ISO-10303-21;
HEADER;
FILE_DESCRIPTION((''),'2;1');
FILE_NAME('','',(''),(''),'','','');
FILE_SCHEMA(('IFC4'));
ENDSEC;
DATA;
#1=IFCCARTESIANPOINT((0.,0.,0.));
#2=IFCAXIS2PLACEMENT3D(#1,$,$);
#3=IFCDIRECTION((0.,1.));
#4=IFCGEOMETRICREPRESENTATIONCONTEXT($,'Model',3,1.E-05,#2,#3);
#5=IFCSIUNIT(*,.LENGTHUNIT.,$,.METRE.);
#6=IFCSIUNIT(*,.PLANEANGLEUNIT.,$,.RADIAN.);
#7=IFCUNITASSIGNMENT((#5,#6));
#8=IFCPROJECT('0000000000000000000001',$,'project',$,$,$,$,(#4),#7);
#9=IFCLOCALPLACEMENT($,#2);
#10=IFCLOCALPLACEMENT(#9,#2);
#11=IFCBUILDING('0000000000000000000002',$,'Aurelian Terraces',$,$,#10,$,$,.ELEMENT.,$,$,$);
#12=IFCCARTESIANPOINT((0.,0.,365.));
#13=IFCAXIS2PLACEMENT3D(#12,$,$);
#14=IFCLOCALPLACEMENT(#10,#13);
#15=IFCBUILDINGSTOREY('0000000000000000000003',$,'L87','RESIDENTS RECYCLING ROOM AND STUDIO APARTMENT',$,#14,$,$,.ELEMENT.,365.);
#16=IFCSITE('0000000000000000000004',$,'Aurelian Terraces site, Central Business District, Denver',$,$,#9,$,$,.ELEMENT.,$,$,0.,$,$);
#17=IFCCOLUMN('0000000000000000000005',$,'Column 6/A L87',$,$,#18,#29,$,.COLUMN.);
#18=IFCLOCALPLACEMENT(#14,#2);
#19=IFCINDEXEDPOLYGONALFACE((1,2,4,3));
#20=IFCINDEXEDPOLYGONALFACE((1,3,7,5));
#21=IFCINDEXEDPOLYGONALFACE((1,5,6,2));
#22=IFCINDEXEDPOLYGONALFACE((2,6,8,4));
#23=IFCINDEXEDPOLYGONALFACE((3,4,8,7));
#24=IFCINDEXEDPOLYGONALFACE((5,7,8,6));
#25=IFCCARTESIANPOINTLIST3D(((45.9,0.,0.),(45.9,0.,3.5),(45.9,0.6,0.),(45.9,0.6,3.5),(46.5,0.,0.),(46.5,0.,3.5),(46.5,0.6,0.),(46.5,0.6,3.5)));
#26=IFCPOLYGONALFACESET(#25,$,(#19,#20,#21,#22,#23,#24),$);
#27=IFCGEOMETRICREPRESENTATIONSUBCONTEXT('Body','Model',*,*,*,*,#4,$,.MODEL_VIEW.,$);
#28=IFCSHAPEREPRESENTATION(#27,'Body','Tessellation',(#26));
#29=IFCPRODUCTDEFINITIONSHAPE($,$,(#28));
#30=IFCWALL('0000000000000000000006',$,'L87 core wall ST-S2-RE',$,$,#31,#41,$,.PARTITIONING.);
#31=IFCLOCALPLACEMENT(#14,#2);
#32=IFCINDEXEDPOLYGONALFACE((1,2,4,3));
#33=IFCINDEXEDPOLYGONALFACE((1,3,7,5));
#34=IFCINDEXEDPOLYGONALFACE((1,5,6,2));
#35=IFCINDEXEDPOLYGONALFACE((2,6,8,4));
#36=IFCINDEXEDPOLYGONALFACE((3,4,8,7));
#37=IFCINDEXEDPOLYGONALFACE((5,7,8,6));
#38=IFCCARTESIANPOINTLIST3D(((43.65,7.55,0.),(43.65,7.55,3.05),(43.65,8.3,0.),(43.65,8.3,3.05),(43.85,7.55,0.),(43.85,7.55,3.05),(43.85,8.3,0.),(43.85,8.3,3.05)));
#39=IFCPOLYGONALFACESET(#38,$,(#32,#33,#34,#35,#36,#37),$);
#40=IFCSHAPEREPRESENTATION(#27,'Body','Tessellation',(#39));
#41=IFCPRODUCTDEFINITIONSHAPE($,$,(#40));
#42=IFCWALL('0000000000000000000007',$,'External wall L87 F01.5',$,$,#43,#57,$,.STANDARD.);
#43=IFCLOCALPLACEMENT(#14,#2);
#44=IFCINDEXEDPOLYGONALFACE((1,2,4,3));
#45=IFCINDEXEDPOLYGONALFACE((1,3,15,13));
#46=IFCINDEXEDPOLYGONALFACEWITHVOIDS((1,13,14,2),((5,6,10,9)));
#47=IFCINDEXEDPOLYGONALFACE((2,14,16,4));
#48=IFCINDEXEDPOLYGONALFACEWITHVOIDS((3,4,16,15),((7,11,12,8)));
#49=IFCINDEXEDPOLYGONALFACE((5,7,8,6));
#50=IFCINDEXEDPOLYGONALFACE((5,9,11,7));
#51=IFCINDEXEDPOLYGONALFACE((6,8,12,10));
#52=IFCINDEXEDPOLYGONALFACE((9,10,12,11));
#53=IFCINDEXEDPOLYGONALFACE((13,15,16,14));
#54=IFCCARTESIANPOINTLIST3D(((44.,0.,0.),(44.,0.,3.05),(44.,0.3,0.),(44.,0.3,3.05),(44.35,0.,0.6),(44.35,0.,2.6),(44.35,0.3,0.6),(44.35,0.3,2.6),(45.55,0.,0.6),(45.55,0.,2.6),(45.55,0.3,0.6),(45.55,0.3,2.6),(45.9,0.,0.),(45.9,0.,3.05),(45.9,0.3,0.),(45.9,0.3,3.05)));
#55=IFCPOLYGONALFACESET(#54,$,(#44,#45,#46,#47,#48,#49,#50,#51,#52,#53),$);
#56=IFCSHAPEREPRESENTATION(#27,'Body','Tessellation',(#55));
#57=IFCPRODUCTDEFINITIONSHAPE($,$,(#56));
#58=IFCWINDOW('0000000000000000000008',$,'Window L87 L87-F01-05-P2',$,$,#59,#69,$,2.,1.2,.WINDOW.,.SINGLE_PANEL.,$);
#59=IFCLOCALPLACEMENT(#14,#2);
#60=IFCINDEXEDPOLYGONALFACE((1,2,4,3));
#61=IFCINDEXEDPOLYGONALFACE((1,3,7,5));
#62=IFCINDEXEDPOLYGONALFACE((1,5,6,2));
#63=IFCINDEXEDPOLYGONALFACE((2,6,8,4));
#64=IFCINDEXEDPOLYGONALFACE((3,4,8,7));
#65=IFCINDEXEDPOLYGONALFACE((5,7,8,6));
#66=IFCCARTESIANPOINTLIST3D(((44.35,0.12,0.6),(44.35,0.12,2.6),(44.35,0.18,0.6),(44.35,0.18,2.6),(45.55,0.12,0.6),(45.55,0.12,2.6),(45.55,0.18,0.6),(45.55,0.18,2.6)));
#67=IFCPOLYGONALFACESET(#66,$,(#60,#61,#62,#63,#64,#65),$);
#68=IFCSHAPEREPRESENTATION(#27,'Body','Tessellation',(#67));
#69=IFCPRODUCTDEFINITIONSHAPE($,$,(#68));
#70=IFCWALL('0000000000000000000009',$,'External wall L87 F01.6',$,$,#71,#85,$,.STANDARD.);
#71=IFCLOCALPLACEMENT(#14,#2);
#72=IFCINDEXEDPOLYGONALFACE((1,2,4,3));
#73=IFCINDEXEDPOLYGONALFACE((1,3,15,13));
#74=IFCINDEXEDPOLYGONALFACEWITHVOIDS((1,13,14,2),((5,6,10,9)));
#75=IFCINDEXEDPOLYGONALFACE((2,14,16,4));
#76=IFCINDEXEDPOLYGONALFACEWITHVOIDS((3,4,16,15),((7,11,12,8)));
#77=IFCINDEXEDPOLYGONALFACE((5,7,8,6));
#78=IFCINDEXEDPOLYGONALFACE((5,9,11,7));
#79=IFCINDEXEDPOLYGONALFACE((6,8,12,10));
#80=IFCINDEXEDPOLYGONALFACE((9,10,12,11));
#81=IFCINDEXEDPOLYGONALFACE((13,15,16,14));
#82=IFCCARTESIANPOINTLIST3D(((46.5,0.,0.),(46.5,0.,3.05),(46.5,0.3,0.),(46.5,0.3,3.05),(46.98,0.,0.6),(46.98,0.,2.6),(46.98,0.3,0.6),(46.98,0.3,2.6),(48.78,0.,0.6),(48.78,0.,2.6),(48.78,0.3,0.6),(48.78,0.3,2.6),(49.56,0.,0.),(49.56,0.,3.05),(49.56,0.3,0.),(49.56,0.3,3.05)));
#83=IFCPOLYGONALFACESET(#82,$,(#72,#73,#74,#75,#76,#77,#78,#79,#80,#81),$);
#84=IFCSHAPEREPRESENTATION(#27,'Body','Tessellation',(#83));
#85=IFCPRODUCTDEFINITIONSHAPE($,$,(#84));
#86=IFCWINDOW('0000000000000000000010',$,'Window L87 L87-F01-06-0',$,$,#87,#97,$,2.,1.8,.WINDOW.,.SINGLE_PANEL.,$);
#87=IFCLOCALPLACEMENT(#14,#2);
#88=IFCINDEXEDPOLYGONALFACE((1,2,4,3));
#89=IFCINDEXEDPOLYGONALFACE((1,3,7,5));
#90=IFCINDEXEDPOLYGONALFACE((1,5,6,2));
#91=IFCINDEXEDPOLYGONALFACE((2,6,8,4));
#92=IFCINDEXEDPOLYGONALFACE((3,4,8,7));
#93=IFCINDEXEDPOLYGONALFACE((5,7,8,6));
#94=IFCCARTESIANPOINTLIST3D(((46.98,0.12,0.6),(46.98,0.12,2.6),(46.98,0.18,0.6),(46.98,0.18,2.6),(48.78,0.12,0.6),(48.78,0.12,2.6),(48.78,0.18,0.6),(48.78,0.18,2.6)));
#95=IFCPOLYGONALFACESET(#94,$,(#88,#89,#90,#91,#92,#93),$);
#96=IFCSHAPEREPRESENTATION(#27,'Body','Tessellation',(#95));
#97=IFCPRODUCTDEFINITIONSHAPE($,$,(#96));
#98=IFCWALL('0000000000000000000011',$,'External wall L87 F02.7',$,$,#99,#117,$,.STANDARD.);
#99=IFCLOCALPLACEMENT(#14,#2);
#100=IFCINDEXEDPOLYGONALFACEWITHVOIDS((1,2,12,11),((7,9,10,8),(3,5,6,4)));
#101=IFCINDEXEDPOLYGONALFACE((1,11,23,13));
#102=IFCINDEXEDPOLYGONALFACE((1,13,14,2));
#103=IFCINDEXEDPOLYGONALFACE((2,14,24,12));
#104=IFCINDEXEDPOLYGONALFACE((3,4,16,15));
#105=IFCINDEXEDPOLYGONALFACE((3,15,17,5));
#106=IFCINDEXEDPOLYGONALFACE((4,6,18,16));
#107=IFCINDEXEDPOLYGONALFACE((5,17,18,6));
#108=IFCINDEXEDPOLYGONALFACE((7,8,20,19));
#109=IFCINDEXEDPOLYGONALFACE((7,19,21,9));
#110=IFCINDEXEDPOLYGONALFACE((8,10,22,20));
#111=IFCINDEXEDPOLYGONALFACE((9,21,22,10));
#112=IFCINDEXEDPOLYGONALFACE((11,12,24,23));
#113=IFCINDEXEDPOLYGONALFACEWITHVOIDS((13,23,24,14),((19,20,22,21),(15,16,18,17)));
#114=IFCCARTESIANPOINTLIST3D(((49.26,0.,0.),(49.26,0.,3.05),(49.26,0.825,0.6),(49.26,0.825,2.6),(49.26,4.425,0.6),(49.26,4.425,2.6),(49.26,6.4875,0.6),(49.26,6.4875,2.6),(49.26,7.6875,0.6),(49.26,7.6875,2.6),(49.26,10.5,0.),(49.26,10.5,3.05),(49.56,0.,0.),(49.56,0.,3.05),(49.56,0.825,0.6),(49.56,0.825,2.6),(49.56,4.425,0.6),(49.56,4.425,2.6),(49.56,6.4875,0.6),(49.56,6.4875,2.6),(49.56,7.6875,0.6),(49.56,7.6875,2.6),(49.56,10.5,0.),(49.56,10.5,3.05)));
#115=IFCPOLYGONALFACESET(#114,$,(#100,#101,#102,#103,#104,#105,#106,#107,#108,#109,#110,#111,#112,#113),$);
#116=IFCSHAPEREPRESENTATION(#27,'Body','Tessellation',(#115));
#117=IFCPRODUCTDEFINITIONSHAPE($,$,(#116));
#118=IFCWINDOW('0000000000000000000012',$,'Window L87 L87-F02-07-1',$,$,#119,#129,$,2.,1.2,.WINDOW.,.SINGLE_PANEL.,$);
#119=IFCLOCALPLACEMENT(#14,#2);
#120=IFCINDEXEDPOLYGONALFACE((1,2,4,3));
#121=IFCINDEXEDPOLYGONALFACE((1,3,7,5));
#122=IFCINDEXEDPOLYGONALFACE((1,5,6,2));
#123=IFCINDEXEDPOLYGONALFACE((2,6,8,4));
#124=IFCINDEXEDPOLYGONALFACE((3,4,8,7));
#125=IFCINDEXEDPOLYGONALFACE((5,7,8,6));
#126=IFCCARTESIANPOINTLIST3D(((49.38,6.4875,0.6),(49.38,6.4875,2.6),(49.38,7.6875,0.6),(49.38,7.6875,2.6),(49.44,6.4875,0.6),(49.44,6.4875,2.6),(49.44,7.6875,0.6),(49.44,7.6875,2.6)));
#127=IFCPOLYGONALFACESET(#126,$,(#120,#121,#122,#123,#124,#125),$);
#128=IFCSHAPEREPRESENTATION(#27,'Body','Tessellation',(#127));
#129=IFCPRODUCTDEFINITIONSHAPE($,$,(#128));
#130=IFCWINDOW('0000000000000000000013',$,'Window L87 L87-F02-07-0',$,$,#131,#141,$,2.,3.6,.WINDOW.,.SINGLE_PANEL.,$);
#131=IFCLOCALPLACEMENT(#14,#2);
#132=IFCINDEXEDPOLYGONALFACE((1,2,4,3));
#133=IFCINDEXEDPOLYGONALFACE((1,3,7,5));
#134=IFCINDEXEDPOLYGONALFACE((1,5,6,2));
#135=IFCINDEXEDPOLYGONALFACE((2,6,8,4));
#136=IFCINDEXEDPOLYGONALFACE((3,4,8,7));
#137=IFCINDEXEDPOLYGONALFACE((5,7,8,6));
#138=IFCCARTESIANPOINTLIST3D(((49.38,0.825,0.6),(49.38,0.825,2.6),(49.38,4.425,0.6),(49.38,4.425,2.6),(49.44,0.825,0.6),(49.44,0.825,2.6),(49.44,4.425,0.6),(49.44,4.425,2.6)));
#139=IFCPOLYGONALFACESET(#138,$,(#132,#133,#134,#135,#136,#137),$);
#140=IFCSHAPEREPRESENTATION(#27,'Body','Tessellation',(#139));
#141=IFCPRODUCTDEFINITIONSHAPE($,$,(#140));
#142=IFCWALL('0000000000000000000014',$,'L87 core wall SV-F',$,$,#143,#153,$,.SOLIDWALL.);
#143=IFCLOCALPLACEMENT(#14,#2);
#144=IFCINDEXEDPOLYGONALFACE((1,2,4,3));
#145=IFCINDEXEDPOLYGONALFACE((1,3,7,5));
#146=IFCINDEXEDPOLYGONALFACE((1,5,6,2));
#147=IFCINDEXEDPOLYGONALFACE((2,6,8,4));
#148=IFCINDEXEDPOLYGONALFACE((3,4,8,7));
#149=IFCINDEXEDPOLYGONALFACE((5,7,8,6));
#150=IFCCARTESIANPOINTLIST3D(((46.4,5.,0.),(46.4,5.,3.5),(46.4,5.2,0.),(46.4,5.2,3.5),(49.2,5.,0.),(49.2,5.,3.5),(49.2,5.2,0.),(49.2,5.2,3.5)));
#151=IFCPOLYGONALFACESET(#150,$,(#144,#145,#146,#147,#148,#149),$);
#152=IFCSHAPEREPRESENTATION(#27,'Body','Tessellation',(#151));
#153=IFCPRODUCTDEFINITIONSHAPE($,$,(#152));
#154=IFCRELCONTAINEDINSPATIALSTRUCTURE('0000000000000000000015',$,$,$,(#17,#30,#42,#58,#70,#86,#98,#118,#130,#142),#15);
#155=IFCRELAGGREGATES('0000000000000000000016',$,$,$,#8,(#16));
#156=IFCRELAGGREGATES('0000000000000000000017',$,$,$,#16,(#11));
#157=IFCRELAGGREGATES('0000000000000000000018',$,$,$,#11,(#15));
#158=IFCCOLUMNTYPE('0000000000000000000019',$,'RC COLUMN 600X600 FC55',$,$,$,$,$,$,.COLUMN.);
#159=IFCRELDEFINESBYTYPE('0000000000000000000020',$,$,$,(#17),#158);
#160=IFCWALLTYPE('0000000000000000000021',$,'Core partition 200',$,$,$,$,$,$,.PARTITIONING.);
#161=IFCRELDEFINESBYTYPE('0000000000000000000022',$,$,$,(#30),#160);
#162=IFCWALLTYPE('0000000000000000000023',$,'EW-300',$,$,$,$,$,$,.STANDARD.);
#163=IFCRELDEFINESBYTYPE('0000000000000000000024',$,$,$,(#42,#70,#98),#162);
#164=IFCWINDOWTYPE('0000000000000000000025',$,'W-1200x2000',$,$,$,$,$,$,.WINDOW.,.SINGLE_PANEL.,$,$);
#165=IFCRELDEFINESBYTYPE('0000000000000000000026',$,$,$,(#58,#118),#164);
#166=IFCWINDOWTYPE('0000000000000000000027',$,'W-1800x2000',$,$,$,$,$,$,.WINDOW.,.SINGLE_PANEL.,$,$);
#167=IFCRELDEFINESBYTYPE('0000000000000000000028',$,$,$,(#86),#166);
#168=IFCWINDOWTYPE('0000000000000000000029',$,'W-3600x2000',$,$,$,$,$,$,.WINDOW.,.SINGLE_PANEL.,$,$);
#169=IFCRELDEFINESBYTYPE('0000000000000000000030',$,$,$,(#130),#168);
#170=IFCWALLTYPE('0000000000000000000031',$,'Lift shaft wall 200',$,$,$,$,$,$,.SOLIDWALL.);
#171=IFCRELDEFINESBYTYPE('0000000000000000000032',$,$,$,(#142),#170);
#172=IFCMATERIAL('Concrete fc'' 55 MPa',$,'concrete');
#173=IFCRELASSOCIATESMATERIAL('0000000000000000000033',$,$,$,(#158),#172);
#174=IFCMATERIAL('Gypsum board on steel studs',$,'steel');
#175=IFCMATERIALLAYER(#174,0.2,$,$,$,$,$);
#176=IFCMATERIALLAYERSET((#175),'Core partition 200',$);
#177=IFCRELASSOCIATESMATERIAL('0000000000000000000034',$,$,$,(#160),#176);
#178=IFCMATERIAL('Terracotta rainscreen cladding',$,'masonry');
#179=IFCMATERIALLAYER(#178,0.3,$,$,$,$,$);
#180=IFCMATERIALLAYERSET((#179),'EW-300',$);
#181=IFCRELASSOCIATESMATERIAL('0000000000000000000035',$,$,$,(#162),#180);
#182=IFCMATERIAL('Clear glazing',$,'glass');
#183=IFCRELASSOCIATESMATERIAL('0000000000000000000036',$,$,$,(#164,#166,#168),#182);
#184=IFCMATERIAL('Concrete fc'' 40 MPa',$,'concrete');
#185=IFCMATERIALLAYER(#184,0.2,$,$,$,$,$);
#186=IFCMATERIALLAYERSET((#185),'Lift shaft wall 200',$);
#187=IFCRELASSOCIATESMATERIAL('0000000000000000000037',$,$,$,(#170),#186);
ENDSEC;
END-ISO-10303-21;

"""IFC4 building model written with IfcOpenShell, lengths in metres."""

from ifc_helpers import new_model, si_unit, direction, frame, frame_2d, origin, origin_2d, place, context, subcontext, project, spatial, rectangle, extrude, source, transform, mapped, material, layer, layer_set, material_profile, profile_set, type_object, element, fill, save


model = new_model("IFC4")

# Units and contexts
model_context = context("Model", 3, precision=1e-05, world=origin(), true_north=direction((0.0, 1.0)))
body_context = subcontext(model_context, "Body", "Model", "MODEL_VIEW")
ifc_project = project(units=[si_unit("LENGTHUNIT", "METRE"), si_unit("PLANEANGLEUNIT", "RADIAN")], contexts=[model_context])

# Site, building, storey
site_placement = place(None, origin())
site = spatial("IfcSite", under=ifc_project, at=site_placement, Name="Aurelian Terraces site, Central Business District, Denver", CompositionType="ELEMENT", RefElevation=0.0)
building_placement = place(site_placement, origin())
building = spatial("IfcBuilding", under=site, at=building_placement, Name="Aurelian Terraces", CompositionType="ELEMENT")
storey_placement = place(building_placement, frame((0.0, 0.0, 365.0)))
storey = spatial("IfcBuildingStorey", under=building, at=storey_placement, Name="L87", Description="RESIDENTS RECYCLING ROOM AND STUDIO APARTMENT", CompositionType="ELEMENT", Elevation=365.0)

# Column
ifc_material_1 = material(Name="Concrete fc' 55 MPa", Category="concrete")
ifc_material_profile = material_profile(ifc_material_1, rectangle(XDim=0.6, YDim=0.6, at=origin_2d()))
ifc_profile_set = profile_set([ifc_material_profile], Name="Concrete fc' 55 MPa")
column_type = type_object("IfcColumnType", Name="RC COLUMN 600X600 FC55", PredefinedType="COLUMN", material=ifc_profile_set)
shared_shape_1 = source(origin(), body_context, "Body", "SweptSolid", [
    extrude(rectangle(XDim=0.6, YDim=0.6, at=origin_2d()), origin(), (0.0, 0.0, 1.0), 3.5),
])
column_placement = place(storey_placement, frame((46.2, 0.3, 0.0), z_axis=(0.0, 0.0, 1.0), x_axis=(1.0, 0.0, 0.0)))
element("IfcColumn", 1, at=column_placement, inside=storey, type_object=column_type, Name="Column 6/A L87", PredefinedType="COLUMN", context=body_context, shape_type="MappedRepresentation", body=[
    mapped(shared_shape_1, transform((0.0, 0.0, 0.0), scale=1.0)),
])

# Wall
ifc_material_2 = material(Name="Gypsum board on steel studs", Category="steel")
ifc_layer_1 = layer(ifc_material_2, 0.2)
ifc_layer_set_1 = layer_set([ifc_layer_1], Name="Core partition 200")
wall_type_1 = type_object("IfcWallType", Name="Core partition 200", PredefinedType="PARTITIONING", material=ifc_layer_set_1)
wall_1_placement = place(storey_placement, frame((43.75, 7.55, 0.0), z_axis=(0.0, 0.0, 1.0), x_axis=(0.0, 1.0, 0.0)))
element("IfcWall", 2, at=wall_1_placement, inside=storey, type_object=wall_type_1, Name="L87 core wall ST-S2-RE", PredefinedType="PARTITIONING", context=body_context, shape_type="SweptSolid", body=[
    extrude(rectangle(XDim=0.75, YDim=0.2, at=frame_2d((0.375, 0.0))), origin(), (0.0, 0.0, 1.0), 3.05),
])

# Walls, openings, windows
ifc_material_3 = material(Name="Terracotta rainscreen cladding", Category="masonry")
ifc_layer_2 = layer(ifc_material_3, 0.3)
ifc_layer_set_2 = layer_set([ifc_layer_2], Name="EW-300")
wall_type_2 = type_object("IfcWallType", Name="EW-300", PredefinedType="STANDARD", material=ifc_layer_set_2)
wall_2_placement = place(storey_placement, frame((44.0, 0.15, 0.0), z_axis=(0.0, 0.0, 1.0), x_axis=(1.0, 0.0, 0.0)))
wall_2 = element("IfcWall", 3, at=wall_2_placement, inside=storey, type_object=wall_type_2, Name="External wall L87 F01.5", PredefinedType="STANDARD", context=body_context, shape_type="SweptSolid", body=[
    extrude(rectangle(XDim=1.9, YDim=0.3, at=frame_2d((0.95, 0.0))), origin(), (0.0, 0.0, 1.0), 3.05),
])
shared_shape_2 = source(origin(), body_context, "Body", "SweptSolid", [
    extrude(rectangle(XDim=1.2, YDim=2.0, at=frame_2d((0.6, 1.0))), frame((0.0, 0.16, 0.0), z_axis=(0.0, -1.0, 0.0), x_axis=(1.0, 0.0, 0.0)), (0.0, 0.0, 1.0), 0.32),
])
opening_1_placement = place(wall_2_placement, frame((0.35, 0.0, 0.6)))
opening_1 = element("IfcOpeningElement", 4, at=opening_1_placement, cuts=wall_2, PredefinedType="OPENING", context=body_context, shape_type="MappedRepresentation", body=[
    mapped(shared_shape_2, transform((0.0, 0.0, 0.0), scale=1.0)),
])
ifc_material_4 = material(Name="Clear glazing", Category="glass")
window_type_1 = type_object("IfcWindowType", Name="W-1200x2000", PartitioningType="SINGLE_PANEL", PredefinedType="WINDOW", material=ifc_material_4)
shared_shape_3 = source(origin(), body_context, "Body", "SweptSolid", [
    extrude(rectangle(XDim=1.2, YDim=2.0, at=frame_2d((0.6, 1.0))), frame((0.0, 0.03, 0.0), z_axis=(0.0, -1.0, 0.0), x_axis=(1.0, 0.0, 0.0)), (0.0, 0.0, 1.0), 0.06),
])
window_1_placement = place(opening_1_placement, origin())
window_1 = element("IfcWindow", 5, at=window_1_placement, inside=storey, type_object=window_type_1, Name="Window L87 L87-F01-05-P2", OverallHeight=2.0, OverallWidth=1.2, PartitioningType="SINGLE_PANEL", PredefinedType="WINDOW", context=body_context, shape_type="MappedRepresentation", body=[
    mapped(shared_shape_3, transform((0.0, 0.0, 0.0), scale=1.0)),
])
fill(opening_1, window_1)
wall_3_placement = place(storey_placement, frame((46.5, 0.15, 0.0), z_axis=(0.0, 0.0, 1.0), x_axis=(1.0, 0.0, 0.0)))
wall_3 = element("IfcWall", 6, at=wall_3_placement, inside=storey, type_object=wall_type_2, Name="External wall L87 F01.6", PredefinedType="STANDARD", context=body_context, shape_type="SweptSolid", body=[
    extrude(rectangle(XDim=3.06, YDim=0.3, at=frame_2d((1.53, 0.0))), origin(), (0.0, 0.0, 1.0), 3.05),
])
shared_shape_4 = source(origin(), body_context, "Body", "SweptSolid", [
    extrude(rectangle(XDim=1.8, YDim=2.0, at=frame_2d((0.9, 1.0))), frame((0.0, 0.16, 0.0), z_axis=(0.0, -1.0, 0.0), x_axis=(1.0, 0.0, 0.0)), (0.0, 0.0, 1.0), 0.32),
])
opening_2_placement = place(wall_3_placement, frame((0.48, 0.0, 0.6)))
opening_2 = element("IfcOpeningElement", 7, at=opening_2_placement, cuts=wall_3, PredefinedType="OPENING", context=body_context, shape_type="MappedRepresentation", body=[
    mapped(shared_shape_4, transform((0.0, 0.0, 0.0), scale=1.0)),
])
window_type_2 = type_object("IfcWindowType", Name="W-1800x2000", PartitioningType="SINGLE_PANEL", PredefinedType="WINDOW", material=ifc_material_4)
shared_shape_5 = source(origin(), body_context, "Body", "SweptSolid", [
    extrude(rectangle(XDim=1.8, YDim=2.0, at=frame_2d((0.9, 1.0))), frame((0.0, 0.03, 0.0), z_axis=(0.0, -1.0, 0.0), x_axis=(1.0, 0.0, 0.0)), (0.0, 0.0, 1.0), 0.06),
])
window_2_placement = place(opening_2_placement, origin())
window_2 = element("IfcWindow", 8, at=window_2_placement, inside=storey, type_object=window_type_2, Name="Window L87 L87-F01-06-0", OverallHeight=2.0, OverallWidth=1.8, PartitioningType="SINGLE_PANEL", PredefinedType="WINDOW", context=body_context, shape_type="MappedRepresentation", body=[
    mapped(shared_shape_5, transform((0.0, 0.0, 0.0), scale=1.0)),
])
fill(opening_2, window_2)

# Wall, openings, windows
wall_4_placement = place(storey_placement, frame((49.41, 0.0, 0.0), z_axis=(0.0, 0.0, 1.0), x_axis=(0.0, 1.0, 0.0)))
wall_4 = element("IfcWall", 9, at=wall_4_placement, inside=storey, type_object=wall_type_2, Name="External wall L87 F02.7", PredefinedType="STANDARD", context=body_context, shape_type="SweptSolid", body=[
    extrude(rectangle(XDim=10.5, YDim=0.3, at=frame_2d((5.25, 0.0))), origin(), (0.0, 0.0, 1.0), 3.05),
])
shared_shape_6 = source(origin(), body_context, "Body", "SweptSolid", [
    extrude(rectangle(XDim=3.6, YDim=2.0, at=frame_2d((1.8, 1.0))), frame((0.0, 0.16, 0.0), z_axis=(0.0, -1.0, 0.0), x_axis=(1.0, 0.0, 0.0)), (0.0, 0.0, 1.0), 0.32),
])
opening_3_placement = place(wall_4_placement, frame((0.825, 0.0, 0.6)))
opening_3 = element("IfcOpeningElement", 10, at=opening_3_placement, cuts=wall_4, PredefinedType="OPENING", context=body_context, shape_type="MappedRepresentation", body=[
    mapped(shared_shape_6, transform((0.0, 0.0, 0.0), scale=1.0)),
])
opening_4_placement = place(wall_4_placement, frame((6.4875, 0.0, 0.6)))
opening_4 = element("IfcOpeningElement", 11, at=opening_4_placement, cuts=wall_4, PredefinedType="OPENING", context=body_context, shape_type="MappedRepresentation", body=[
    mapped(shared_shape_2, transform((0.0, 0.0, 0.0), scale=1.0)),
])
window_3_placement = place(opening_4_placement, origin())
window_3 = element("IfcWindow", 12, at=window_3_placement, inside=storey, type_object=window_type_1, Name="Window L87 L87-F02-07-1", OverallHeight=2.0, OverallWidth=1.2, PartitioningType="SINGLE_PANEL", PredefinedType="WINDOW", context=body_context, shape_type="MappedRepresentation", body=[
    mapped(shared_shape_3, transform((0.0, 0.0, 0.0), scale=1.0)),
])
fill(opening_4, window_3)
window_type_3 = type_object("IfcWindowType", Name="W-3600x2000", PartitioningType="SINGLE_PANEL", PredefinedType="WINDOW", material=ifc_material_4)
shared_shape_7 = source(origin(), body_context, "Body", "SweptSolid", [
    extrude(rectangle(XDim=3.6, YDim=2.0, at=frame_2d((1.8, 1.0))), frame((0.0, 0.03, 0.0), z_axis=(0.0, -1.0, 0.0), x_axis=(1.0, 0.0, 0.0)), (0.0, 0.0, 1.0), 0.06),
])
window_4_placement = place(opening_3_placement, origin())
window_4 = element("IfcWindow", 13, at=window_4_placement, inside=storey, type_object=window_type_3, Name="Window L87 L87-F02-07-0", OverallHeight=2.0, OverallWidth=3.6, PartitioningType="SINGLE_PANEL", PredefinedType="WINDOW", context=body_context, shape_type="MappedRepresentation", body=[
    mapped(shared_shape_7, transform((0.0, 0.0, 0.0), scale=1.0)),
])
fill(opening_3, window_4)

# Wall
ifc_material_5 = material(Name="Concrete fc' 40 MPa", Category="concrete")
ifc_layer_3 = layer(ifc_material_5, 0.2)
ifc_layer_set_3 = layer_set([ifc_layer_3], Name="Lift shaft wall 200")
wall_type_3 = type_object("IfcWallType", Name="Lift shaft wall 200", PredefinedType="SOLIDWALL", material=ifc_layer_set_3)
wall_5_placement = place(storey_placement, frame((46.4, 5.1, 0.0), z_axis=(0.0, 0.0, 1.0), x_axis=(1.0, 0.0, 0.0)))
element("IfcWall", 14, at=wall_5_placement, inside=storey, type_object=wall_type_3, Name="L87 core wall SV-F", PredefinedType="SOLIDWALL", context=body_context, shape_type="SweptSolid", body=[
    extrude(rectangle(XDim=2.8, YDim=0.2, at=frame_2d((1.4, 0.0))), origin(), (0.0, 0.0, 1.0), 3.5),
])

save(model, "model.ifc")
